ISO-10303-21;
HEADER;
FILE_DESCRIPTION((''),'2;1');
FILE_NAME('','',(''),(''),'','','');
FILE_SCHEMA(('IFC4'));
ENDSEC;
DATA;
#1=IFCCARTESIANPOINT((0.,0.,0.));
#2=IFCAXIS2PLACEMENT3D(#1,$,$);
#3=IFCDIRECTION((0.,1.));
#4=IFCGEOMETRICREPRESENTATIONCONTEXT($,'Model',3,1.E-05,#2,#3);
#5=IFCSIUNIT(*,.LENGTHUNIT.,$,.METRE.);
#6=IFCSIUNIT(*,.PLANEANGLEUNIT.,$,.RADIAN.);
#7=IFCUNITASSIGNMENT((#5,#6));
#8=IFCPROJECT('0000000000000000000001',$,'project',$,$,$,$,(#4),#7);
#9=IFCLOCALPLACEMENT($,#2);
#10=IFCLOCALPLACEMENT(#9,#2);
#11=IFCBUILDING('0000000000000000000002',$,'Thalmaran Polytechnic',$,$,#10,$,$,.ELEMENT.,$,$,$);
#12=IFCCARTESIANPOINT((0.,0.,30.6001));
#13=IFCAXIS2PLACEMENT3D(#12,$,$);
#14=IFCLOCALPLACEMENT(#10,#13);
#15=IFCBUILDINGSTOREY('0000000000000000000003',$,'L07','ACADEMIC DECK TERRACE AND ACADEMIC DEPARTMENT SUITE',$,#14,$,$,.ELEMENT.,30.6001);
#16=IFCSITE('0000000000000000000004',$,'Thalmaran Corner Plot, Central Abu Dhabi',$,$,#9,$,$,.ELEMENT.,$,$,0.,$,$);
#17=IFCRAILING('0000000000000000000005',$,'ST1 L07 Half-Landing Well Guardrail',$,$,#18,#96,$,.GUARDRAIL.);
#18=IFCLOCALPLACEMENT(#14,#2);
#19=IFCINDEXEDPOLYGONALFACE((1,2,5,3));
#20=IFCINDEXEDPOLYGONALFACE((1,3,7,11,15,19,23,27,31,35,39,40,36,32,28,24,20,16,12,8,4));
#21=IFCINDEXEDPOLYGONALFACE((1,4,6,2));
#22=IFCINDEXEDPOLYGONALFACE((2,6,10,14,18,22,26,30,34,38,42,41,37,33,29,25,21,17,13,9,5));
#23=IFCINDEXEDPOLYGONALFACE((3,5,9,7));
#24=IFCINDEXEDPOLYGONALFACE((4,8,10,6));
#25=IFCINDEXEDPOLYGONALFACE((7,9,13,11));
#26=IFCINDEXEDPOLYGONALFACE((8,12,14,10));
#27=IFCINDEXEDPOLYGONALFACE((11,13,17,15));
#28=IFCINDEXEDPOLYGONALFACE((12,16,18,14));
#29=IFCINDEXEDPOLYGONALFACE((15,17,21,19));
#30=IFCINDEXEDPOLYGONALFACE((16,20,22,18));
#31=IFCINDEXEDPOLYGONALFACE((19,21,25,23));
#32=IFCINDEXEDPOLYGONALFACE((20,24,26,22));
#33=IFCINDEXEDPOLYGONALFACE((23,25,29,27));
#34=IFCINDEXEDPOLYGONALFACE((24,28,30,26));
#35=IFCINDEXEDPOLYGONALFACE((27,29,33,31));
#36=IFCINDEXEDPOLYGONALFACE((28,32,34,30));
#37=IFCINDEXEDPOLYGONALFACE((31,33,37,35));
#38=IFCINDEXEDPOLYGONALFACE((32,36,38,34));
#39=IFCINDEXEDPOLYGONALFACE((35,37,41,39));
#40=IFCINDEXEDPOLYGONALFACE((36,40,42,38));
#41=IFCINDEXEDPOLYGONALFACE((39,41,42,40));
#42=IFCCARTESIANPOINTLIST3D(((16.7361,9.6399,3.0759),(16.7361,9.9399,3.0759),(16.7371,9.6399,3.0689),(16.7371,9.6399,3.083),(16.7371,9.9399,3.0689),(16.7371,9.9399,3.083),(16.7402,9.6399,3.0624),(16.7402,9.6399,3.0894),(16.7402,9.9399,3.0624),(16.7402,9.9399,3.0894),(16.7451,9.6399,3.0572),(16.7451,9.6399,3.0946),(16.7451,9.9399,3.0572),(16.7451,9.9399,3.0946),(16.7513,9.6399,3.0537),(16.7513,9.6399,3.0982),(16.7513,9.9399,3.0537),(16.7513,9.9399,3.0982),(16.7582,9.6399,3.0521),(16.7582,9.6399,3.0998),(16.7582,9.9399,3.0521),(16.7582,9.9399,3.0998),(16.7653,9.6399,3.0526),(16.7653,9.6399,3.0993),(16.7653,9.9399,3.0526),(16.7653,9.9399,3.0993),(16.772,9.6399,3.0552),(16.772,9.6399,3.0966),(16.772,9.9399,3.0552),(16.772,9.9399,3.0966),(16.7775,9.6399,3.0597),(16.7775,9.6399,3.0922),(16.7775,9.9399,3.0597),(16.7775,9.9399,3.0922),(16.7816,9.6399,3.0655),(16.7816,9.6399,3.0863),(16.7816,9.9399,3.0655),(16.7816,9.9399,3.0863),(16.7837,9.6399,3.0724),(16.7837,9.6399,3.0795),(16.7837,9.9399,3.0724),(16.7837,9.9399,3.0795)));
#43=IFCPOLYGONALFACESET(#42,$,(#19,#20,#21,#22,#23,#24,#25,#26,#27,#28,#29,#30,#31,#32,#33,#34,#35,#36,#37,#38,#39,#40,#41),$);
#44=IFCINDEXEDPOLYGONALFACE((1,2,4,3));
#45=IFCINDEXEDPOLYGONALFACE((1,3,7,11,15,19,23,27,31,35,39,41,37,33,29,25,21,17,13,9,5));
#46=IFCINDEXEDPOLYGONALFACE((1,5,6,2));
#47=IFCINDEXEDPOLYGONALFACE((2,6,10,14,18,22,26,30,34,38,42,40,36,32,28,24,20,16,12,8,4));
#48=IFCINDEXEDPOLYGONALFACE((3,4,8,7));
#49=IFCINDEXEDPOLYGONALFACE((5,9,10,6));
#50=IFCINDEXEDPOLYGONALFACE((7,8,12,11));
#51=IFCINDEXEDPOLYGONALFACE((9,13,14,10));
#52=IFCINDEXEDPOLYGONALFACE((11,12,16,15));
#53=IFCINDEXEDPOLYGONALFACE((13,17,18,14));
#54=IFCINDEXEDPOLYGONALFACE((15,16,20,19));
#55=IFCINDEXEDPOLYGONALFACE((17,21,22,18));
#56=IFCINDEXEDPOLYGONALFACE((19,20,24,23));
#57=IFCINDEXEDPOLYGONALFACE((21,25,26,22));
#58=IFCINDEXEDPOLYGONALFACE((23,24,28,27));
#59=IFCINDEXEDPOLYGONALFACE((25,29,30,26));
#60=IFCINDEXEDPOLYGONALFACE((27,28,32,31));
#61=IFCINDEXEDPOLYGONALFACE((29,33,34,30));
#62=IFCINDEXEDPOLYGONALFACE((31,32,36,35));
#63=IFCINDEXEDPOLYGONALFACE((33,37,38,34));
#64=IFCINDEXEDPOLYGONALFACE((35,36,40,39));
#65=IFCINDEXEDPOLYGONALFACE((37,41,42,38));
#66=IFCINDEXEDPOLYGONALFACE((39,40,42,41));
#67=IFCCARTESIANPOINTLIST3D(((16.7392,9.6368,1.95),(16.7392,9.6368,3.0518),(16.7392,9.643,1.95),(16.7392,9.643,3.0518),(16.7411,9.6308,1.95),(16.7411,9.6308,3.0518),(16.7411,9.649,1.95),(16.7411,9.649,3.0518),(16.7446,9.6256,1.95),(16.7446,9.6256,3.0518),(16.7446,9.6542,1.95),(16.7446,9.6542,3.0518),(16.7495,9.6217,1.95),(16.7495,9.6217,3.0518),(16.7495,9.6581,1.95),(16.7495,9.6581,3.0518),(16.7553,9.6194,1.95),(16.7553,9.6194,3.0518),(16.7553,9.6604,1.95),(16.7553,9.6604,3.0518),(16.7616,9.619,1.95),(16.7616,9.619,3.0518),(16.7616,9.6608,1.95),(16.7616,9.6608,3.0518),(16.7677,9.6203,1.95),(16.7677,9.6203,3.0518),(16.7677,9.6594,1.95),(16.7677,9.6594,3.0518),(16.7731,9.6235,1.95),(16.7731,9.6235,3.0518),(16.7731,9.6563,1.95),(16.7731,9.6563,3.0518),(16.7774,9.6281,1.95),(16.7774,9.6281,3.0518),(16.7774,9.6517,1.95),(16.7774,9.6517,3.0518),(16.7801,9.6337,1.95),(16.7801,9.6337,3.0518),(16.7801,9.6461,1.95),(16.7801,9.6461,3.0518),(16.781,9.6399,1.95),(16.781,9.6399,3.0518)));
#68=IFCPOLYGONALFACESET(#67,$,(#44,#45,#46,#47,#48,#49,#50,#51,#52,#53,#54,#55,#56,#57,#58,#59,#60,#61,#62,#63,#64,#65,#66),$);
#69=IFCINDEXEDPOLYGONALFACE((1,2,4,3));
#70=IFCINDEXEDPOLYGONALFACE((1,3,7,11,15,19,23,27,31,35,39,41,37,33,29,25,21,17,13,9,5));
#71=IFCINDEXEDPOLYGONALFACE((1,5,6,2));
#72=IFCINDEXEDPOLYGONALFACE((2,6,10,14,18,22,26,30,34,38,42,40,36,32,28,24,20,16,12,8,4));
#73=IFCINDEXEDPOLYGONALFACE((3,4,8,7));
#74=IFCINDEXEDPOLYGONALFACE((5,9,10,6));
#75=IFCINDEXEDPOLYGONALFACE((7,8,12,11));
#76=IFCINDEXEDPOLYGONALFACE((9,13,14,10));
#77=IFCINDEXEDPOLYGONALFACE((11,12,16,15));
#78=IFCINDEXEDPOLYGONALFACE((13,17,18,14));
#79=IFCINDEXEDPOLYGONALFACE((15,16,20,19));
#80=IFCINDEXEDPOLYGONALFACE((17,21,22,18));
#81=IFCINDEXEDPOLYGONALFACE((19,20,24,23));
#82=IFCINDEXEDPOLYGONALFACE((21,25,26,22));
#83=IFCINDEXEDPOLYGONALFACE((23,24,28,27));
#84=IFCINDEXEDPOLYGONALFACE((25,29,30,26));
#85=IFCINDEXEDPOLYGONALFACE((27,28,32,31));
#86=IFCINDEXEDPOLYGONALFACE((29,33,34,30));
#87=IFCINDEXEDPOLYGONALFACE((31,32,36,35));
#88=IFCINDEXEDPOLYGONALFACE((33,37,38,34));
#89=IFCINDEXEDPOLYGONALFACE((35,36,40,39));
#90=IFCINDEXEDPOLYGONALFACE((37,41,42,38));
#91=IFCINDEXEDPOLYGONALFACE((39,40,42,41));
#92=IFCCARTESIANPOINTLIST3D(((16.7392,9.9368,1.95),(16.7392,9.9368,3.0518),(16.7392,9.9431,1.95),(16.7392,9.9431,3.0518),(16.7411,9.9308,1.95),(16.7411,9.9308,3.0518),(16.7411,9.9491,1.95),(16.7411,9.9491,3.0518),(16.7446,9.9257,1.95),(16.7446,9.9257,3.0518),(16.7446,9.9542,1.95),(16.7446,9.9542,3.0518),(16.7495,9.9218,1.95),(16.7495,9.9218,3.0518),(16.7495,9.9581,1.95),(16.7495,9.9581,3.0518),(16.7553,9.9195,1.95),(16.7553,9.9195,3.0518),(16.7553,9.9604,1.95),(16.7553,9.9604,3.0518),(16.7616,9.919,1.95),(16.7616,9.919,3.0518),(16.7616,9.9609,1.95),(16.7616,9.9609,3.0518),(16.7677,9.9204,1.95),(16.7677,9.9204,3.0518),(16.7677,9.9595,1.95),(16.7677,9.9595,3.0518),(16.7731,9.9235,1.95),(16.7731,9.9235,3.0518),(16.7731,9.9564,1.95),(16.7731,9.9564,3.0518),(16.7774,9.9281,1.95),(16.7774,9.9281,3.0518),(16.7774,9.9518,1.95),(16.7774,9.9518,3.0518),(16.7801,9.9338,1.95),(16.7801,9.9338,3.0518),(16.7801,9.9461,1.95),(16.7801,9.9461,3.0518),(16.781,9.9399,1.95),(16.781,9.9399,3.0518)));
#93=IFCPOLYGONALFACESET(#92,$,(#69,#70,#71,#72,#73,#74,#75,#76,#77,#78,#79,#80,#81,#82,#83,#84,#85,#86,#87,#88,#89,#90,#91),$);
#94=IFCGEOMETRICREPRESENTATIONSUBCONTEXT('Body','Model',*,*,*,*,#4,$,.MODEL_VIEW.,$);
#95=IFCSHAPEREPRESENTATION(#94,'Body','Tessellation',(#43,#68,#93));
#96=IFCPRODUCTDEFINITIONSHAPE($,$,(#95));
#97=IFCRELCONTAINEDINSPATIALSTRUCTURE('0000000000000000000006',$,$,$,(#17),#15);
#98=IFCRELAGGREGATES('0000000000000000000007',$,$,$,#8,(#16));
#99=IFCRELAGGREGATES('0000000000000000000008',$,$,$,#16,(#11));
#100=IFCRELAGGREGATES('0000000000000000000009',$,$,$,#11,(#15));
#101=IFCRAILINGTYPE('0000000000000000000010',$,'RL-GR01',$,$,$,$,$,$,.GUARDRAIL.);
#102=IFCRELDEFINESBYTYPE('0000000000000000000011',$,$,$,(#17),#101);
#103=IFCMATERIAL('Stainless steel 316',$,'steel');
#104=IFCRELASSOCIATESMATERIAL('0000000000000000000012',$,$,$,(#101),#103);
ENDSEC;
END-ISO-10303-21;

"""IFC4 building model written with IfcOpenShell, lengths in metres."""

from ifc_helpers import new_model, si_unit, direction, frame, origin, origin_2d, place, context, subcontext, project, spatial, circle, extrude, material, type_object, element, save


model = new_model("IFC4")

# Units and contexts
model_context = context("Model", 3, precision=1e-05, world=origin(), true_north=direction((0.0, 1.0)))
body_context = subcontext(model_context, "Body", "Model", "MODEL_VIEW")
ifc_project = project(units=[si_unit("LENGTHUNIT", "METRE"), si_unit("PLANEANGLEUNIT", "RADIAN")], contexts=[model_context])

# Site, building, storey
site_placement = place(None, origin())
site = spatial("IfcSite", under=ifc_project, at=site_placement, Name="Thalmaran Corner Plot, Central Abu Dhabi", CompositionType="ELEMENT", RefElevation=0.0)
building_placement = place(site_placement, origin())
building = spatial("IfcBuilding", under=site, at=building_placement, Name="Thalmaran Polytechnic", CompositionType="ELEMENT")
storey_placement = place(building_placement, frame((0.0, 0.0, 30.6001)))
storey = spatial("IfcBuildingStorey", under=building, at=storey_placement, Name="L07", Description="ACADEMIC DECK TERRACE AND ACADEMIC DEPARTMENT SUITE", CompositionType="ELEMENT", Elevation=30.6001)

# Railing
ifc_material_1 = material(Name="Stainless steel 316", Category="steel")
railing_type_1 = type_object("IfcRailingType", Name="RL-GR01", PredefinedType="GUARDRAIL", material=ifc_material_1)
railing_1_placement = place(storey_placement, frame((16.76, 9.6399, 1.95)))
element("IfcRailing", 1, at=railing_1_placement, inside=storey, type_object=railing_type_1, Name="ST1 L07 Half-Landing Well Guardrail", PredefinedType="GUARDRAIL", context=body_context, shape_type="SweptSolid", body=[
    extrude(circle(Radius=0.0239, at=origin_2d()), frame((0.0, 0.0, 1.126), z_axis=(0.0, 1.0, 0.0), x_axis=(-1.0, 0.0, 0.0)), (0.0, 0.0, 1.0), 0.3),
    extrude(circle(Radius=0.021, at=origin_2d()), origin(), (0.0, 0.0, 1.0), 1.1018),
    extrude(circle(Radius=0.021, at=origin_2d()), frame((0.0, 0.3, 0.0)), (0.0, 0.0, 1.0), 1.1018),
])

save(model, "model.ifc")
